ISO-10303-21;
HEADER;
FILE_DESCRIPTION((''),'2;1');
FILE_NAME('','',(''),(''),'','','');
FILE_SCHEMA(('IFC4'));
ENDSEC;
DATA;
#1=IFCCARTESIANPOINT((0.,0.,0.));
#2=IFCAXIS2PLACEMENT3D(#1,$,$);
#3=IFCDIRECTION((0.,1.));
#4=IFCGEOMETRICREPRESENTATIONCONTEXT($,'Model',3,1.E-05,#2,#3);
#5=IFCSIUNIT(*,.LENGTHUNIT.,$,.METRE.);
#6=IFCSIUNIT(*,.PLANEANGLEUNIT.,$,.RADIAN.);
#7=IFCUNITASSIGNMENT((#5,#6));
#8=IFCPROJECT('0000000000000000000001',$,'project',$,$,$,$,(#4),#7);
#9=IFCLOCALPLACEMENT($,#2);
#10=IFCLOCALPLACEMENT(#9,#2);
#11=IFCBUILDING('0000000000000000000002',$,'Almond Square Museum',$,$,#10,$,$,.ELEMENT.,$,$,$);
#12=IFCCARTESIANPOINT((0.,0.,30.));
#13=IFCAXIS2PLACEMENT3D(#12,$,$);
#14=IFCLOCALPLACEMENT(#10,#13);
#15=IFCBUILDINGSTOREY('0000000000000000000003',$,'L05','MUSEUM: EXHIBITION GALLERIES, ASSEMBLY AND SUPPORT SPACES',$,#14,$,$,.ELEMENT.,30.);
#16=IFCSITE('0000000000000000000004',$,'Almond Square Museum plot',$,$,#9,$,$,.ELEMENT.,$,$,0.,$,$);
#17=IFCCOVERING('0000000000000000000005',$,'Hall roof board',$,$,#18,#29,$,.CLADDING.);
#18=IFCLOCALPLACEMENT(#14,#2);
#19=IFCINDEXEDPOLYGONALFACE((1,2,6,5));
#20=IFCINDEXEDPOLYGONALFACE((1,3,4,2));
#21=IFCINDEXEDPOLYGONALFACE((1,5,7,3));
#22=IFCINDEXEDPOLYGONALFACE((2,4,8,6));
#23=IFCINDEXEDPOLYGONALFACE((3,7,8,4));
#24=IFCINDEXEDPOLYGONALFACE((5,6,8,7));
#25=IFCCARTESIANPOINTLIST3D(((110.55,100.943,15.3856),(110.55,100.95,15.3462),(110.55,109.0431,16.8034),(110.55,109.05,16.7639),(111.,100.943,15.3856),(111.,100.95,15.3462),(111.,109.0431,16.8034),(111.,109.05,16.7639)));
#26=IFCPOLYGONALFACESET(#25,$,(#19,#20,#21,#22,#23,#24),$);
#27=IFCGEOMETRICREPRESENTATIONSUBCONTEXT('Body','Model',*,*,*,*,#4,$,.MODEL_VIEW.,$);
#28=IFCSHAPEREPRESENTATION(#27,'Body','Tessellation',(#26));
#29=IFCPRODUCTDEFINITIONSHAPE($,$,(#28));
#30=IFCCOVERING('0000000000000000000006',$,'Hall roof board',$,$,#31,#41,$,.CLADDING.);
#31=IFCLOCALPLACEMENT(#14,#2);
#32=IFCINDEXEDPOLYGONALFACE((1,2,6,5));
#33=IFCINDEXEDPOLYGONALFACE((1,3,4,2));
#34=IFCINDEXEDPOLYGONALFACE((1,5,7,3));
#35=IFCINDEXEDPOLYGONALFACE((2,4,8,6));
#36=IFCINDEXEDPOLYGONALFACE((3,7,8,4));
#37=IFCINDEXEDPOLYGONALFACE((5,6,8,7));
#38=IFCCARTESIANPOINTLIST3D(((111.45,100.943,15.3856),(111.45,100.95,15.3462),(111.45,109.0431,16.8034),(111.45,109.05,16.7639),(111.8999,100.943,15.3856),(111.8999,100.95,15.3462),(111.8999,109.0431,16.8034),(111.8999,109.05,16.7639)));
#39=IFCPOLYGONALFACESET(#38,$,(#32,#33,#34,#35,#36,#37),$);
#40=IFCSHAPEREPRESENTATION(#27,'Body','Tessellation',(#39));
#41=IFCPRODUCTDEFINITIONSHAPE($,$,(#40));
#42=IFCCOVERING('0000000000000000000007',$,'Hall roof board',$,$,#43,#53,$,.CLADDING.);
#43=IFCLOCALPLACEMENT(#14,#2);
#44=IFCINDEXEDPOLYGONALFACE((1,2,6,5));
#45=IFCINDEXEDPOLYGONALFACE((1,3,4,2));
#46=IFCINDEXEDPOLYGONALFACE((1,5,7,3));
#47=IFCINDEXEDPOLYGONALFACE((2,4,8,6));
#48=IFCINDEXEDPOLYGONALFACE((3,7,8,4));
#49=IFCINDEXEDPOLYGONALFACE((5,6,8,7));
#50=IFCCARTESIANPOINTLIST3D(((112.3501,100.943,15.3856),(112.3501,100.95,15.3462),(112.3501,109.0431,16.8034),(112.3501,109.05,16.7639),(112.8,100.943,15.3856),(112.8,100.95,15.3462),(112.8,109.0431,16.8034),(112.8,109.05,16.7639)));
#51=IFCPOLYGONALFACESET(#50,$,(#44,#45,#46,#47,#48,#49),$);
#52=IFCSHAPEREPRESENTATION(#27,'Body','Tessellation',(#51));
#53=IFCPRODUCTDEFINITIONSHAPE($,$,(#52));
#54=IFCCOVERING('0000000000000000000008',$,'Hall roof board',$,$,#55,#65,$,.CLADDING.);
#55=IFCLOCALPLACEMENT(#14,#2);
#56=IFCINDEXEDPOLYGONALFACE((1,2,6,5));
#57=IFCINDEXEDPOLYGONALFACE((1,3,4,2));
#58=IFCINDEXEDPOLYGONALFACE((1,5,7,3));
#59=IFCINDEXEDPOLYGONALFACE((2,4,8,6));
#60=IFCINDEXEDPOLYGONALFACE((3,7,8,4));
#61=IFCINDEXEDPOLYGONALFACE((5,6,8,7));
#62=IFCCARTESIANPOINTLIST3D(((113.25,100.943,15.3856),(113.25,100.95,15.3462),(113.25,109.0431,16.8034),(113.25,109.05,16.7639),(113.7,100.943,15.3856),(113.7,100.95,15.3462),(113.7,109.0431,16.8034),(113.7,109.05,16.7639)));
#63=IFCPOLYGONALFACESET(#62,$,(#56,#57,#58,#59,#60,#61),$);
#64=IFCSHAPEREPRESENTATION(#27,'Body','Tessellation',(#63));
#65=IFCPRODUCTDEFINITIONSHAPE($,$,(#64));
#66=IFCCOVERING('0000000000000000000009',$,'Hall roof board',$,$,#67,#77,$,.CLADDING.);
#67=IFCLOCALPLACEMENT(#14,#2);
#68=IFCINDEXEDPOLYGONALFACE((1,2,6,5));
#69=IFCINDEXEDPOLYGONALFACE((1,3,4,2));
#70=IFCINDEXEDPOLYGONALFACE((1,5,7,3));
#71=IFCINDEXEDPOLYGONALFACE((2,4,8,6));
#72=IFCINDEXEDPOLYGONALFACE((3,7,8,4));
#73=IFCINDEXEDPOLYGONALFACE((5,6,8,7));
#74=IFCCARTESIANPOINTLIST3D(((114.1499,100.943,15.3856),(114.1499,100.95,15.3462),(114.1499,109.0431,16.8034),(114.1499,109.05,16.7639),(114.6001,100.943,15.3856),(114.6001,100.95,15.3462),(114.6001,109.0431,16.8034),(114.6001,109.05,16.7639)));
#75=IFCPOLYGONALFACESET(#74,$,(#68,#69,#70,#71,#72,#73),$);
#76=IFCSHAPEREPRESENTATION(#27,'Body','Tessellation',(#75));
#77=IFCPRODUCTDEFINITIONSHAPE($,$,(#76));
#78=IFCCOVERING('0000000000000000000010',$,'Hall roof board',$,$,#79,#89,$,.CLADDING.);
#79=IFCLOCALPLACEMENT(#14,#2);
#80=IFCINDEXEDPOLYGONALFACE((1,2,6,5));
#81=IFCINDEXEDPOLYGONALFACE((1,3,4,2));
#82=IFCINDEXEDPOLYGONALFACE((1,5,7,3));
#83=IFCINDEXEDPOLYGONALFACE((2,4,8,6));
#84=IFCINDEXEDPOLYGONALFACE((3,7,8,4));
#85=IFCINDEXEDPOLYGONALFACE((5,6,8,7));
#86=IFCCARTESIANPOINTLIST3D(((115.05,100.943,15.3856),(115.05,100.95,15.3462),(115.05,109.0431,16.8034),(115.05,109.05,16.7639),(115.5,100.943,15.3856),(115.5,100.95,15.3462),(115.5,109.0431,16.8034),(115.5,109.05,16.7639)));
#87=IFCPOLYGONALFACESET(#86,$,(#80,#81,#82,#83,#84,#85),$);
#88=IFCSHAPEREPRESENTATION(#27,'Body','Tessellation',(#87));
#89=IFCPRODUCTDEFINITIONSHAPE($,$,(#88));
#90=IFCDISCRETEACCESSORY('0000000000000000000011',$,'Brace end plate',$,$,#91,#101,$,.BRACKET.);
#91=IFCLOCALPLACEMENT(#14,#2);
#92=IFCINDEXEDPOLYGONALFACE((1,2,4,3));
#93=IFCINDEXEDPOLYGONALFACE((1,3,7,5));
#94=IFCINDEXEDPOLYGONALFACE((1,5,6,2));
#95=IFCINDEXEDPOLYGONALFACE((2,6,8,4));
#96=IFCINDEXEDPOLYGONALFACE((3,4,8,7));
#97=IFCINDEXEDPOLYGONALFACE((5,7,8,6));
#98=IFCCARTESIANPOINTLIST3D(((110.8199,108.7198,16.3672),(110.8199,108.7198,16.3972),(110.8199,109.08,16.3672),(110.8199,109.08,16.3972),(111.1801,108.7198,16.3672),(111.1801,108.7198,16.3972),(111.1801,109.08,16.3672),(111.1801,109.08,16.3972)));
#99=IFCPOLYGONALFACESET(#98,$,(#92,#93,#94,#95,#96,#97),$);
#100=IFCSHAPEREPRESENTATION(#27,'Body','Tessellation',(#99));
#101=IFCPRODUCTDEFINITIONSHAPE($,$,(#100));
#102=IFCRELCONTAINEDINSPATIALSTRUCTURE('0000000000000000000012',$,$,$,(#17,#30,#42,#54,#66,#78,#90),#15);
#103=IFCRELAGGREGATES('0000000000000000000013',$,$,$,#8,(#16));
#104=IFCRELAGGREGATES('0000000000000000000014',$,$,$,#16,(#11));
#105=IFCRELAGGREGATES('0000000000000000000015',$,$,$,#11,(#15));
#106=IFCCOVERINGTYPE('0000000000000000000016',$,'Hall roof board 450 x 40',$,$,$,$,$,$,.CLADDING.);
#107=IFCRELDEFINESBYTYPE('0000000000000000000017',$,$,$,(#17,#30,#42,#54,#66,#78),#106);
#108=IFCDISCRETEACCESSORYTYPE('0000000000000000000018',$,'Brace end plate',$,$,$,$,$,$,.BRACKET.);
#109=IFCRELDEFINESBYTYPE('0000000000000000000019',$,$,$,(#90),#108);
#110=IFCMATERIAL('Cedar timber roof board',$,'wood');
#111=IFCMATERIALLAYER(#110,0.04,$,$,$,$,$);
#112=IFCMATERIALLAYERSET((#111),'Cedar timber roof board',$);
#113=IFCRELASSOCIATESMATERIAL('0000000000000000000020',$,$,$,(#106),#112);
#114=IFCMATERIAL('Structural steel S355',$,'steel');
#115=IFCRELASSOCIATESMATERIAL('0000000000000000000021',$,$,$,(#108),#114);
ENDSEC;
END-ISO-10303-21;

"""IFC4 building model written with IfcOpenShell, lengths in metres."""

from ifc_helpers import new_model, si_unit, direction, frame, origin, origin_2d, place, context, subcontext, project, spatial, polyline, rectangle, outline, extrude, material, layer, layer_set, type_object, element, save


model = new_model("IFC4")

# Units and contexts
model_context = context("Model", 3, precision=1e-05, world=origin(), true_north=direction((0.0, 1.0)))
body_context = subcontext(model_context, "Body", "Model", "MODEL_VIEW")
ifc_project = project(units=[si_unit("LENGTHUNIT", "METRE"), si_unit("PLANEANGLEUNIT", "RADIAN")], contexts=[model_context])

# Site, building, storey
site_placement = place(None, origin())
site = spatial("IfcSite", under=ifc_project, at=site_placement, Name="Almond Square Museum plot", CompositionType="ELEMENT", RefElevation=0.0)
building_placement = place(site_placement, origin())
building = spatial("IfcBuilding", under=site, at=building_placement, Name="Almond Square Museum", CompositionType="ELEMENT")
storey_placement = place(building_placement, frame((0.0, 0.0, 30.0)))
storey = spatial("IfcBuildingStorey", under=building, at=storey_placement, Name="L05", Description="MUSEUM: EXHIBITION GALLERIES, ASSEMBLY AND SUPPORT SPACES", CompositionType="ELEMENT", Elevation=30.0)

# Coverings
ifc_material_1 = material(Name="Cedar timber roof board", Category="wood")
ifc_layer_1 = layer(ifc_material_1, 0.04)
ifc_layer_set_1 = layer_set([ifc_layer_1], Name="Cedar timber roof board")
covering_type = type_object("IfcCoveringType", Name="Hall roof board 450 x 40", PredefinedType="CLADDING", material=ifc_layer_set_1)
for number, where, z_axis, x_axis, name in (
    (1, (111.0, 109.05, 16.7639), (0.0, -0.172405, 0.985026), (-1.0, 0.0, 0.0), "Hall roof board"),
    (2, (111.8999, 109.05, 16.7639), (0.0, -0.172405, 0.985026), (-1.0, 0.0, 0.0), "Hall roof board"),
    (3, (112.8, 109.05, 16.7639), (0.0, -0.172405, 0.985026), (-1.0, 0.0, 0.0), "Hall roof board"),
    (4, (113.7, 109.05, 16.7639), (0.0, -0.172405, 0.985026), (-1.0, 0.0, 0.0), "Hall roof board"),
):
    element("IfcCovering", number, at=place(storey_placement, frame(where, z_axis=z_axis, x_axis=x_axis)), inside=storey, type_object=covering_type, Name=name, PredefinedType="CLADDING", context=body_context, shape_type="SweptSolid", body=[
        extrude(outline(polyline([(0.0, 0.0), (0.45, 0.0), (0.45, 8.2232), (0.0, 8.2232), (0.0, 0.0)])), origin(), (0.0, 0.0, 1.0), 0.04),
    ])
covering_1_placement = place(storey_placement, frame((114.6001, 109.05, 16.7639), z_axis=(0.0, -0.172405, 0.985026), x_axis=(-1.0, 0.0, 0.0)))
element("IfcCovering", 5, at=covering_1_placement, inside=storey, type_object=covering_type, Name="Hall roof board", PredefinedType="CLADDING", context=body_context, shape_type="SweptSolid", body=[
    extrude(outline(polyline([(0.0, 0.0), (0.4502, 0.0), (0.4502, 8.2232), (0.0, 8.2232), (0.0, 0.0)])), origin(), (0.0, 0.0, 1.0), 0.04),
])
covering_2_placement = place(storey_placement, frame((115.5, 109.05, 16.7639), z_axis=(0.0, -0.172405, 0.985026), x_axis=(-1.0, 0.0, 0.0)))
element("IfcCovering", 6, at=covering_2_placement, inside=storey, type_object=covering_type, Name="Hall roof board", PredefinedType="CLADDING", context=body_context, shape_type="SweptSolid", body=[
    extrude(outline(polyline([(0.0, 0.0), (0.45, 0.0), (0.45, 8.2232), (0.0, 8.2232), (0.0, 0.0)])), origin(), (0.0, 0.0, 1.0), 0.04),
])

# Discrete accessory
ifc_material_2 = material(Name="Structural steel S355", Category="steel")
discrete_accessory_type = type_object("IfcDiscreteAccessoryType", Name="Brace end plate", PredefinedType="BRACKET", material=ifc_material_2)
discrete_accessory_placement = place(storey_placement, frame((111.0, 108.8999, 16.3672), z_axis=(0.0, 0.0, 1.0), x_axis=(1.0, 0.0, 0.0)))
element("IfcDiscreteAccessory", 7, at=discrete_accessory_placement, inside=storey, type_object=discrete_accessory_type, Name="Brace end plate", PredefinedType="BRACKET", context=body_context, shape_type="SweptSolid", body=[
    extrude(rectangle(XDim=0.3601, YDim=0.3601, at=origin_2d()), origin(), (0.0, 0.0, 1.0), 0.03),
])

save(model, "model.ifc")
